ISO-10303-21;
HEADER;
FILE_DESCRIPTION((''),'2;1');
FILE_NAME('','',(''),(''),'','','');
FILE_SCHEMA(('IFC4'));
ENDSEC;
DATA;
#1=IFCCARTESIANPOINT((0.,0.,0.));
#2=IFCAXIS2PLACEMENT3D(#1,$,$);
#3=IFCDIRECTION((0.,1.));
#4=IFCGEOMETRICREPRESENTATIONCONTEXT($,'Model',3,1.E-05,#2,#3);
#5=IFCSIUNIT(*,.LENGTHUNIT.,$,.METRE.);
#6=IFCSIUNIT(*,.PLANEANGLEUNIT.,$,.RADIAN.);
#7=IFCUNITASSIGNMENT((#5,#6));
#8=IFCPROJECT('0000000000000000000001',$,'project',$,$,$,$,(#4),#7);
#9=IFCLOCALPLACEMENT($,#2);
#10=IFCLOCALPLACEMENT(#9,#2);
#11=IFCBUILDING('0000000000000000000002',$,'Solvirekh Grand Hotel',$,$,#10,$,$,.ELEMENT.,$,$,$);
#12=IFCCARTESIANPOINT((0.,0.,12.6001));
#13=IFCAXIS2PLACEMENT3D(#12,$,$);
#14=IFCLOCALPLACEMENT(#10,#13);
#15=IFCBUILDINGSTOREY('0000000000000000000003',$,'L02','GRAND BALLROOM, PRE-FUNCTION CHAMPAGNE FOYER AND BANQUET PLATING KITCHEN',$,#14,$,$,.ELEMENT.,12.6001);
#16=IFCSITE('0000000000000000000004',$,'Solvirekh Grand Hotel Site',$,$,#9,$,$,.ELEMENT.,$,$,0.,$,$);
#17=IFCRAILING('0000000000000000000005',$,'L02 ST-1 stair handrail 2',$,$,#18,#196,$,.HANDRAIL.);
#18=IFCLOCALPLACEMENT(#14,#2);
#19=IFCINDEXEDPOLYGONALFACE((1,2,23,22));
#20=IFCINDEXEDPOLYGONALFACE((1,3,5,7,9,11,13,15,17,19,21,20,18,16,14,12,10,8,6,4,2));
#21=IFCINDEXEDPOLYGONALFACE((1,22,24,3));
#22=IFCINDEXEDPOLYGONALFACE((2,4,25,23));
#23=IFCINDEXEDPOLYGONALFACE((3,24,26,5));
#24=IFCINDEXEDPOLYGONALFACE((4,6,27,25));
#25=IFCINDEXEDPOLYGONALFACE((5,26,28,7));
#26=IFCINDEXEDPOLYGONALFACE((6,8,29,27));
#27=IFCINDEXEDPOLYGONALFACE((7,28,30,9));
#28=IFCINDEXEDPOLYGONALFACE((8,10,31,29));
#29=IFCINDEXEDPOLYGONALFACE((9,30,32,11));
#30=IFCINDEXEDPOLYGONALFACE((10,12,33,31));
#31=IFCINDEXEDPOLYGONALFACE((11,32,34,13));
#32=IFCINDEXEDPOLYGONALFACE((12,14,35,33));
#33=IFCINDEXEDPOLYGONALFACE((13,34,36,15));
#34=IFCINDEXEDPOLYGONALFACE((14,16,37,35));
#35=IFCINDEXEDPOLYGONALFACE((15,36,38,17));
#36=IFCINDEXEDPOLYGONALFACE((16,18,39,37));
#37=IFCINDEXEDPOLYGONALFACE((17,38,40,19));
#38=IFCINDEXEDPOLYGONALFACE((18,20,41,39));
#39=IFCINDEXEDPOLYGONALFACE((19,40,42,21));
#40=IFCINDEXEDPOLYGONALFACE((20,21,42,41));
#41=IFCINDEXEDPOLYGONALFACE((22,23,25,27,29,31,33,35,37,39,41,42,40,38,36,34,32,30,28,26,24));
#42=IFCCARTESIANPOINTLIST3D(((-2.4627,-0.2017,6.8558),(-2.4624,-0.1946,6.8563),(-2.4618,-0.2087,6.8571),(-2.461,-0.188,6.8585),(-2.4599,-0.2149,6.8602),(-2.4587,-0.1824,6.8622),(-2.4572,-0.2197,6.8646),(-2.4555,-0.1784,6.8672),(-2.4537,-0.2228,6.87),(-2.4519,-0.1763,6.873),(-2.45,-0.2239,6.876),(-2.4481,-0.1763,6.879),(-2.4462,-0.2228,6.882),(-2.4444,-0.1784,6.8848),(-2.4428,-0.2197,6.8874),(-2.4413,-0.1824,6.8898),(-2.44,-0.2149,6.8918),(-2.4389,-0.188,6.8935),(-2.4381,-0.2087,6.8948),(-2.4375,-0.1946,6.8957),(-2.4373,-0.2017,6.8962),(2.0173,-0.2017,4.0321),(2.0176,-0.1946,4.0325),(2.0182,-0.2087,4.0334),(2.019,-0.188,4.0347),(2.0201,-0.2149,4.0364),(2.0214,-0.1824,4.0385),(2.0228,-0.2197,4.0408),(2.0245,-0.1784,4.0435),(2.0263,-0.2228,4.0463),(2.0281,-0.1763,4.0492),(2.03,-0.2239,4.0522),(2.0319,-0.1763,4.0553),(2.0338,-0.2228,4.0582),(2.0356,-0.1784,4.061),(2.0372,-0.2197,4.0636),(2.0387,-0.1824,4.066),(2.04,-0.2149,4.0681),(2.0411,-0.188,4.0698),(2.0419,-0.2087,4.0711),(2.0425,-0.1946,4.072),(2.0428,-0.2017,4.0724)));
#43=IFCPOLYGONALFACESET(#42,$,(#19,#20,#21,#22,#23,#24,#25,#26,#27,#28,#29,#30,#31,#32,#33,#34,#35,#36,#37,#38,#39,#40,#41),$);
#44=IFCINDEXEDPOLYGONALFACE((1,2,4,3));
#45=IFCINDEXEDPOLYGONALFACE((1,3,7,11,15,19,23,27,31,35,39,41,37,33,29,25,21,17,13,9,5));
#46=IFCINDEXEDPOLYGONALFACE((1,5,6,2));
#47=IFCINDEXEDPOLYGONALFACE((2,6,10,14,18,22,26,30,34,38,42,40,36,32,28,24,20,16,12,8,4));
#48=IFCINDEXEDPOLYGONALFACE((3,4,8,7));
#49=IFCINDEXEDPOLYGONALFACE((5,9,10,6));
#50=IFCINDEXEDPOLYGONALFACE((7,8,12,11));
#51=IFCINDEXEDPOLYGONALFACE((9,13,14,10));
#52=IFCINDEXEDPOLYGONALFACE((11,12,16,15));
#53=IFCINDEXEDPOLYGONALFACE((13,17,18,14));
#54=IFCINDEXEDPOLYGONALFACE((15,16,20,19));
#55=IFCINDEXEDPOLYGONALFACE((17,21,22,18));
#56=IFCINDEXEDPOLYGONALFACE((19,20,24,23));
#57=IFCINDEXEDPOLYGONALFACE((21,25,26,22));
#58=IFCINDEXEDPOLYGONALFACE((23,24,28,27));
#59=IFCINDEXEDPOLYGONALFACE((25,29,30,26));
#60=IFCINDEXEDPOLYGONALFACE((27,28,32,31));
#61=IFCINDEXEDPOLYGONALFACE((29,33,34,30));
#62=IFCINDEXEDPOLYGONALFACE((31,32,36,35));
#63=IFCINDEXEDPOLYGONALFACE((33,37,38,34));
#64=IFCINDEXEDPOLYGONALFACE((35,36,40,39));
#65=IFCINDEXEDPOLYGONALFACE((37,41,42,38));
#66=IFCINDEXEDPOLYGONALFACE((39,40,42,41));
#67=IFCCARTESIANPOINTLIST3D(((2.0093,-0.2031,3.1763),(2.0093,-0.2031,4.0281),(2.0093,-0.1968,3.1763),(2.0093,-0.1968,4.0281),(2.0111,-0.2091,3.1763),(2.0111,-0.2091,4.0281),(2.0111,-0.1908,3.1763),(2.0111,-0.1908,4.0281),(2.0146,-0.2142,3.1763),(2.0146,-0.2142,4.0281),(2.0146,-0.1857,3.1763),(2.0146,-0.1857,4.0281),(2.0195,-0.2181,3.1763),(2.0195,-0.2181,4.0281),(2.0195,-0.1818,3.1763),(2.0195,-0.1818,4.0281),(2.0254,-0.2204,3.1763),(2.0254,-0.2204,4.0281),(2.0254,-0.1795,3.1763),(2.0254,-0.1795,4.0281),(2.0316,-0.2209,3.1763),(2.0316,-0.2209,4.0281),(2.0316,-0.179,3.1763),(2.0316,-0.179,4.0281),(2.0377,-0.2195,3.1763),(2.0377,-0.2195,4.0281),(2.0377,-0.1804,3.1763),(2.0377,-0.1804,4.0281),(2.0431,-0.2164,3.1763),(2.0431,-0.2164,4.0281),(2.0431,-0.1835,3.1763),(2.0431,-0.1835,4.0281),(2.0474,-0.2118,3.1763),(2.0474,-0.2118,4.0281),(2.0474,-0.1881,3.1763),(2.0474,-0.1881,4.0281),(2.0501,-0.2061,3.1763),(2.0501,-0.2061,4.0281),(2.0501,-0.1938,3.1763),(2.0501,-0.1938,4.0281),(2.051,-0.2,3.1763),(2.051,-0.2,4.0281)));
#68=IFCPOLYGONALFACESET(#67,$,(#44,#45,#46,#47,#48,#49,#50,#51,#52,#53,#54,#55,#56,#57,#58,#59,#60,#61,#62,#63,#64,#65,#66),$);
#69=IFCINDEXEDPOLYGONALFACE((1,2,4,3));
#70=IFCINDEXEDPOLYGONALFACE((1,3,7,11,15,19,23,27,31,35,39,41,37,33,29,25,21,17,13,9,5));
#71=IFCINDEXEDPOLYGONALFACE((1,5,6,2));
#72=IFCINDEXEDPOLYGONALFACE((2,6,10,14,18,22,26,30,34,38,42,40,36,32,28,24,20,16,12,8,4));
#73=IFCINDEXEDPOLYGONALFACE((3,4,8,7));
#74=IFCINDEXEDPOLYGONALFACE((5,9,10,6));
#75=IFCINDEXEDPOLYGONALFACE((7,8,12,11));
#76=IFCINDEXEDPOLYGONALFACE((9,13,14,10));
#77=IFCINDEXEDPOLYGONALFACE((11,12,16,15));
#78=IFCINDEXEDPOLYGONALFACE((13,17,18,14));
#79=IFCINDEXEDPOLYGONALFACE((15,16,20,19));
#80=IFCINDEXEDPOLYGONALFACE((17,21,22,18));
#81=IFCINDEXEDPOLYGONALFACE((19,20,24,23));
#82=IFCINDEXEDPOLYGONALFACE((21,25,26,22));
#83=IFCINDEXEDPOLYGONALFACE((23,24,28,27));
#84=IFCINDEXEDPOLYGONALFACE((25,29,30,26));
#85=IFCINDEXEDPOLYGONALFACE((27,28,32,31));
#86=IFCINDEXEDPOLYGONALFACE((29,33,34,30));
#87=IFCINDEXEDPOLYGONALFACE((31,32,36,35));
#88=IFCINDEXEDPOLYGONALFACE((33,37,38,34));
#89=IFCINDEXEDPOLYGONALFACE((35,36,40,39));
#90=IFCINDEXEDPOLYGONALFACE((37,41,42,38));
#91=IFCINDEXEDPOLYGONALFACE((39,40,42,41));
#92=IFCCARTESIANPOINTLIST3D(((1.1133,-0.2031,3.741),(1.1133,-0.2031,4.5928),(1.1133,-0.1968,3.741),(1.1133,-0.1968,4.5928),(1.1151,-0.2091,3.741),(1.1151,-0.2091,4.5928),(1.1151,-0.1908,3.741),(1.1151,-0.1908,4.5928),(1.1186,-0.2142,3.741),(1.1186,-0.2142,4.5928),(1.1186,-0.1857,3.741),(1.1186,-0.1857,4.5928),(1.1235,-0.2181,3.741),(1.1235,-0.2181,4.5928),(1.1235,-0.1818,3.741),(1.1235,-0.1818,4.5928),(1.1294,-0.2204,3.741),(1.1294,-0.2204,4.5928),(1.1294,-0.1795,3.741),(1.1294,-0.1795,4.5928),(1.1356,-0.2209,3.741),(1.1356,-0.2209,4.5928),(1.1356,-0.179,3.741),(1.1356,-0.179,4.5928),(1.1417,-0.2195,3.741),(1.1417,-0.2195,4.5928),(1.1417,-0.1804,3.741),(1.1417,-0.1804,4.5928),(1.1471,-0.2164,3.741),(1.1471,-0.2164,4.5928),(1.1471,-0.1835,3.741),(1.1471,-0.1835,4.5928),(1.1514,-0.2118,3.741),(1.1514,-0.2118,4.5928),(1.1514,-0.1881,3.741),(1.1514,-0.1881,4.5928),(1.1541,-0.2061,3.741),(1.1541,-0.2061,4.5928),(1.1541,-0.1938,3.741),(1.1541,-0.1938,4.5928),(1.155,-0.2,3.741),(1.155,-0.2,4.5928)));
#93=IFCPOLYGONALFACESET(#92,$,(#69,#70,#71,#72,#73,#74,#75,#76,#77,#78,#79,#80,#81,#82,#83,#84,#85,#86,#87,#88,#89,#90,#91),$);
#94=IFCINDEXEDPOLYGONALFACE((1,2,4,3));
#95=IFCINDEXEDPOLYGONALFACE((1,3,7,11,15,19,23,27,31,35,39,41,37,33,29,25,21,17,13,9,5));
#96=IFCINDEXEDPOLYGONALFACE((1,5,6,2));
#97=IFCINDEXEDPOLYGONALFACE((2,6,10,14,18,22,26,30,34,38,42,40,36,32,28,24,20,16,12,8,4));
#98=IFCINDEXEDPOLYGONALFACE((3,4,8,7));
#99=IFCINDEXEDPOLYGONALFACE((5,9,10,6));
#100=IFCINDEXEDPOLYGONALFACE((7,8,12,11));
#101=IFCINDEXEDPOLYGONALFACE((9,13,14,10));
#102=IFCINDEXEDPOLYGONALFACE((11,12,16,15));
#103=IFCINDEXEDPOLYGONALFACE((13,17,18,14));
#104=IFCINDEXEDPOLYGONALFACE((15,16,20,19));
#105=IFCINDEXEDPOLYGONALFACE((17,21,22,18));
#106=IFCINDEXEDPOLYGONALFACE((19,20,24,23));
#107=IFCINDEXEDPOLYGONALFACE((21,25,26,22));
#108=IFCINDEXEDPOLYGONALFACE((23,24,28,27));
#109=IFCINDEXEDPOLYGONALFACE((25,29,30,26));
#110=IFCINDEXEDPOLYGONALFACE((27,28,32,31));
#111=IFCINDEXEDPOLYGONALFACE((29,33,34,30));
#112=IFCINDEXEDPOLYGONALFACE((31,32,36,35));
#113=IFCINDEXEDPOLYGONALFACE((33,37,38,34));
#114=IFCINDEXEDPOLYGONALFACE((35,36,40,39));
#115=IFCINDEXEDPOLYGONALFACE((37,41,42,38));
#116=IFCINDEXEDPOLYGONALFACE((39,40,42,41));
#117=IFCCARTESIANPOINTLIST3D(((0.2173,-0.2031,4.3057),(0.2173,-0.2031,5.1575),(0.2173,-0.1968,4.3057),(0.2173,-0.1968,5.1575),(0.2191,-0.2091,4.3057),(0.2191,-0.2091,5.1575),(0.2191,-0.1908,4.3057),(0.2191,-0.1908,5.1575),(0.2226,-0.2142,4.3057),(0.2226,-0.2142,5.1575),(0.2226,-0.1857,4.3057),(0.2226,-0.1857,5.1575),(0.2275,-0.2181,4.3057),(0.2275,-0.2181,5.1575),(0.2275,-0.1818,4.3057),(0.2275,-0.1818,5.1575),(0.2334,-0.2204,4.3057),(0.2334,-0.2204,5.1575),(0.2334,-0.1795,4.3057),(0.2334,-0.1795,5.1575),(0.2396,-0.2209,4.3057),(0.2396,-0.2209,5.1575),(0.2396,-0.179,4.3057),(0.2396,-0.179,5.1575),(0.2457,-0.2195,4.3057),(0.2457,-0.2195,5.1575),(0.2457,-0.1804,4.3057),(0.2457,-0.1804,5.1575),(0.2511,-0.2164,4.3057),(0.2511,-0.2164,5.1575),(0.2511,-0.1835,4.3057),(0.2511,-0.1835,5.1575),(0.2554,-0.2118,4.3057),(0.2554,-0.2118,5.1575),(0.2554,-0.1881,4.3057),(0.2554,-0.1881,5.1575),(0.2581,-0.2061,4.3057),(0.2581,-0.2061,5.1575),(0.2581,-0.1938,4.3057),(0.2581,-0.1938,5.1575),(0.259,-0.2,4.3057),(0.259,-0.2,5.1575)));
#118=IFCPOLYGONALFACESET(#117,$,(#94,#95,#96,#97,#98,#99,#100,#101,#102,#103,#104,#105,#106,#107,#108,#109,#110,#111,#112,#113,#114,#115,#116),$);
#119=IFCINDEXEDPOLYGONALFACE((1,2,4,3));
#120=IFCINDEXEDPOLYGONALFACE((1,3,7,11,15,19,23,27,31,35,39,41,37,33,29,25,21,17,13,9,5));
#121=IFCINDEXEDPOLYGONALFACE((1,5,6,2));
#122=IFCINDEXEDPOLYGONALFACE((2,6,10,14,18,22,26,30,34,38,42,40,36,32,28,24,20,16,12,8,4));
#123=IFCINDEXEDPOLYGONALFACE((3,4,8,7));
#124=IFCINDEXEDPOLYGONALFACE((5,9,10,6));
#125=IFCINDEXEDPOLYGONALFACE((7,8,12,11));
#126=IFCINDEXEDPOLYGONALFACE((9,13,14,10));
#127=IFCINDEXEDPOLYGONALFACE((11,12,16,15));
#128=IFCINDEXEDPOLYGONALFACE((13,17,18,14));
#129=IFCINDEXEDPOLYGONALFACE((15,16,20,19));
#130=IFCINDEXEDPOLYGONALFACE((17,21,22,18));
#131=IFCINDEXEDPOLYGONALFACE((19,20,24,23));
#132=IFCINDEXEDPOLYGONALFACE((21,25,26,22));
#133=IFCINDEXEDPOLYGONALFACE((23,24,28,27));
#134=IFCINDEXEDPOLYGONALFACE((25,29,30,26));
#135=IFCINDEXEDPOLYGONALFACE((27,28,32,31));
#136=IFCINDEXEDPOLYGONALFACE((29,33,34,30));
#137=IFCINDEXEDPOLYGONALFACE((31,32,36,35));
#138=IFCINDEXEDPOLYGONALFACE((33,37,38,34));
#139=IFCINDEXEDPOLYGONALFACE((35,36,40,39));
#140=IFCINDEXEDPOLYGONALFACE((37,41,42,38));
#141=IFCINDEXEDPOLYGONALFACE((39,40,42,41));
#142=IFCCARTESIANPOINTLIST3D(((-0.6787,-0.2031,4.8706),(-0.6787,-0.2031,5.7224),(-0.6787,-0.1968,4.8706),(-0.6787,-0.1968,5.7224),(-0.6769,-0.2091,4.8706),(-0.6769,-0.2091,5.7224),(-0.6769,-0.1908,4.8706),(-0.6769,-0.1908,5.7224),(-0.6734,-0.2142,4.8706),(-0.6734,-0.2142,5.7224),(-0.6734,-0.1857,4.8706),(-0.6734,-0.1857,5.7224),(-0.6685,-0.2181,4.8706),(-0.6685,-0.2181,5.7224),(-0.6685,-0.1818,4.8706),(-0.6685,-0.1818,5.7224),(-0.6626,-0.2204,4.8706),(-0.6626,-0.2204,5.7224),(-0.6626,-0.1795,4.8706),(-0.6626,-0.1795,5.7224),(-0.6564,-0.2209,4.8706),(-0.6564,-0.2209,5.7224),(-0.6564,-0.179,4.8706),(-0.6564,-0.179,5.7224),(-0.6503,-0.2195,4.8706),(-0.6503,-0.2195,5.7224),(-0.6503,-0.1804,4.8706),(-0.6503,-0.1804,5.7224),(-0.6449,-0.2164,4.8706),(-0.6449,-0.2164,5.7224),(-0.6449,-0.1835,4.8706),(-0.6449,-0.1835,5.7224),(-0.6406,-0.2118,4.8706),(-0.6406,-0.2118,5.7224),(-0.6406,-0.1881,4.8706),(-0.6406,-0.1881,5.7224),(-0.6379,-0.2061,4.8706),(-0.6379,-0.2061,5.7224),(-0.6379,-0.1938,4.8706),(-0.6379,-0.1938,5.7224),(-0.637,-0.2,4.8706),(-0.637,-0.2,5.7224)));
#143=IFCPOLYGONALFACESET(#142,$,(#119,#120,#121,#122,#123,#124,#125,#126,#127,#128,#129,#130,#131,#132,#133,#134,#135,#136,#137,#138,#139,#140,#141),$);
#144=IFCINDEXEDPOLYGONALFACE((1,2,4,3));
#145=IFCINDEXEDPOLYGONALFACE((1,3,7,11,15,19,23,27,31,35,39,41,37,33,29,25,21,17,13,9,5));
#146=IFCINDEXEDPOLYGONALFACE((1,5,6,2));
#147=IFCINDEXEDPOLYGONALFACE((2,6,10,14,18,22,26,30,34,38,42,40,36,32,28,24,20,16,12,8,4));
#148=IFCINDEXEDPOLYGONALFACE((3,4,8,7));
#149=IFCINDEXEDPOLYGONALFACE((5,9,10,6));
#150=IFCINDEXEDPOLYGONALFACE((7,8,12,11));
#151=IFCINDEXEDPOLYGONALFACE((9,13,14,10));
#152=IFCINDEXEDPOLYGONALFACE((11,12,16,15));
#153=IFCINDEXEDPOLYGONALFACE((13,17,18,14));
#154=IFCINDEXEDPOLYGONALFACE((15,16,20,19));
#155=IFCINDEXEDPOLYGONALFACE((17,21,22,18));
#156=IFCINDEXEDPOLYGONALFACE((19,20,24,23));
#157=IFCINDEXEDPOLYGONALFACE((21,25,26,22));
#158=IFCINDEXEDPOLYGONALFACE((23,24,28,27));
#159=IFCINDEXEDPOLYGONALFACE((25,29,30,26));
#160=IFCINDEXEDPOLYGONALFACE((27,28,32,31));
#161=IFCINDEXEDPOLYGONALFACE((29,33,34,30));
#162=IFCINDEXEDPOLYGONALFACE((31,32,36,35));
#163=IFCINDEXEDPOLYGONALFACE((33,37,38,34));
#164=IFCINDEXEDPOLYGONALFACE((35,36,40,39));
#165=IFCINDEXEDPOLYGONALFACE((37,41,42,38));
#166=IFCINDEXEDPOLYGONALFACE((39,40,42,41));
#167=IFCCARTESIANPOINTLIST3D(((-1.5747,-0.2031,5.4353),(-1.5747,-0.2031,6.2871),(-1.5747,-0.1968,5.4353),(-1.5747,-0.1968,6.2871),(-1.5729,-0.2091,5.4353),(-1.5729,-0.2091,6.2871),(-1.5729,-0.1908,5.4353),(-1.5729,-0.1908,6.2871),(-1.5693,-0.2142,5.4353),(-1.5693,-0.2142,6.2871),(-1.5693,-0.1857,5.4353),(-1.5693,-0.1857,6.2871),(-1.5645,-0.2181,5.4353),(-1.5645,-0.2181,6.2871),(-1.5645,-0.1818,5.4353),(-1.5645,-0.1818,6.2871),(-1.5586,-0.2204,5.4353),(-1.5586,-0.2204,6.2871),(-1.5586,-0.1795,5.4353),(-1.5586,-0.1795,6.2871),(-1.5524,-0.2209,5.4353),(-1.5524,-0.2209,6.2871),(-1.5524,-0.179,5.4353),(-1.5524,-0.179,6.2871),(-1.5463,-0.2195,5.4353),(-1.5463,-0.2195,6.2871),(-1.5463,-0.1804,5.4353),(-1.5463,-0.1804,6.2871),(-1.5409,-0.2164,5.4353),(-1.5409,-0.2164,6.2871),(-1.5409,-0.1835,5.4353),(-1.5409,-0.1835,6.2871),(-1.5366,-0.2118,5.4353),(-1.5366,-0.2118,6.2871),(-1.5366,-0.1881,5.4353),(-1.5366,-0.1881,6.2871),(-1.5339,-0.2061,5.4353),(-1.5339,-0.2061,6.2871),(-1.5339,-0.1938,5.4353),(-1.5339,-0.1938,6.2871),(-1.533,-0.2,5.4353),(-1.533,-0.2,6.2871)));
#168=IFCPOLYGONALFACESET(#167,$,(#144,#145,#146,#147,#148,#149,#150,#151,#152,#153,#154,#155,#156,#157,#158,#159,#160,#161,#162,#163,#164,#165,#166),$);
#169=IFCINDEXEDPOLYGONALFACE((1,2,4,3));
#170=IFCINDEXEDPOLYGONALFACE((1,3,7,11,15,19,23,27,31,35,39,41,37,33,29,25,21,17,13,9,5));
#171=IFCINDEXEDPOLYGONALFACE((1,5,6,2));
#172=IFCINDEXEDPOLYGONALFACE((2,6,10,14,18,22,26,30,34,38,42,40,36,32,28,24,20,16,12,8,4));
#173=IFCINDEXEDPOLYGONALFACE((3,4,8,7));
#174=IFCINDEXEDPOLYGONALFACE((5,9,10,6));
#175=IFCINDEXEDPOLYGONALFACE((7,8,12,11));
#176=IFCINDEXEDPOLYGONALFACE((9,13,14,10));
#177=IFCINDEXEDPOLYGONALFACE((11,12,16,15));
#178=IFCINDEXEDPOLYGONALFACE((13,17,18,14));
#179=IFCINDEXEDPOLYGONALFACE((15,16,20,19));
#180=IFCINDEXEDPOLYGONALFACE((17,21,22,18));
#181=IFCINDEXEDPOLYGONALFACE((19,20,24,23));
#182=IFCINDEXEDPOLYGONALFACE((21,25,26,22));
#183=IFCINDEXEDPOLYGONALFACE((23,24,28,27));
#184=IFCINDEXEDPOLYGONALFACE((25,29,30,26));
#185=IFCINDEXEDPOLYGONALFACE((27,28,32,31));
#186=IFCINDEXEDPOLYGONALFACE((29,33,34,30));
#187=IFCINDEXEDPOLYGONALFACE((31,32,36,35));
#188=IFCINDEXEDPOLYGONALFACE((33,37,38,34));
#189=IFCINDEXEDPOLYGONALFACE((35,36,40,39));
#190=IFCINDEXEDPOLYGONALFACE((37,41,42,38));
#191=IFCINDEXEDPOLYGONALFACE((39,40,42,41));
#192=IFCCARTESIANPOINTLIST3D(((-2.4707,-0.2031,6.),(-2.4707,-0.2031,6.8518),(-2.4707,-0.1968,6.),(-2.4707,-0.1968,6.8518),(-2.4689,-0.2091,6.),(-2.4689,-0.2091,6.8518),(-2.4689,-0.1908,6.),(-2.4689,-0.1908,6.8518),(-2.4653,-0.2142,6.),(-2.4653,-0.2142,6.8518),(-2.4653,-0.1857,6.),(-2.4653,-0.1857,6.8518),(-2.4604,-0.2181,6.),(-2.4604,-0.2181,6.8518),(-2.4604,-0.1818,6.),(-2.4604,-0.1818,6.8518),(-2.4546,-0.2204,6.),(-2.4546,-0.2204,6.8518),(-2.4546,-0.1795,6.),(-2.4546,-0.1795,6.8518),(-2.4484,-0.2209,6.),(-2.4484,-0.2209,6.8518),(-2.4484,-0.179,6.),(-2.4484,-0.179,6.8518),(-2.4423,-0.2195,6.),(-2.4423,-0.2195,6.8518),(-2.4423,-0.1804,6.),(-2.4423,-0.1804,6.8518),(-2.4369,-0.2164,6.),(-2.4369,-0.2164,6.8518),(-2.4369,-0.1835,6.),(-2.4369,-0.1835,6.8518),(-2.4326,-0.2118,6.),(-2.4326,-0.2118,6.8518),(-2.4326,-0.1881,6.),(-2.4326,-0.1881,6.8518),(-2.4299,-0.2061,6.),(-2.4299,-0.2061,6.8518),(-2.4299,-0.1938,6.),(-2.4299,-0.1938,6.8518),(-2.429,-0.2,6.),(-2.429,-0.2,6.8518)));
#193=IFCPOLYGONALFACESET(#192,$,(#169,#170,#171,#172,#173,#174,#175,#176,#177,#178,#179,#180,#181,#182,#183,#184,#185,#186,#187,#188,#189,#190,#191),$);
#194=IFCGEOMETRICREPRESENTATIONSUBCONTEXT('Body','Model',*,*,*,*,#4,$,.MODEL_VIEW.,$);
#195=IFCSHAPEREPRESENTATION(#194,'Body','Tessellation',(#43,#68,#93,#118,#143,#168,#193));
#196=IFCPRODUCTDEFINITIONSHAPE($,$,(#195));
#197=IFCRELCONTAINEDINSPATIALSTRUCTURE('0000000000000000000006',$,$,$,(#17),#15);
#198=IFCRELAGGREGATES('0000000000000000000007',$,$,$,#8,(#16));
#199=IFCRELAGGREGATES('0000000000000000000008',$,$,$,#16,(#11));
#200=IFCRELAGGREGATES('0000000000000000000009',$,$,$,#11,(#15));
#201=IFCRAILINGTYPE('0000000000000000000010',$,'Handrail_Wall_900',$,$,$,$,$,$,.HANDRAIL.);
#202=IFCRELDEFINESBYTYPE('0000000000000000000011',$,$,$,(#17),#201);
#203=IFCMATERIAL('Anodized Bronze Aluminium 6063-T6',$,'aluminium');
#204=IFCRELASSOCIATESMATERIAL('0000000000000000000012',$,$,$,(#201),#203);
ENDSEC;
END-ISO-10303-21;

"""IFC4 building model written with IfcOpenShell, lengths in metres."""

from ifc_helpers import new_model, si_unit, direction, frame, origin, origin_2d, place, context, subcontext, project, spatial, circle, extrude, material, type_object, element, save


model = new_model("IFC4")

# Units and contexts
model_context = context("Model", 3, precision=1e-05, world=origin(), true_north=direction((0.0, 1.0)))
body_context = subcontext(model_context, "Body", "Model", "MODEL_VIEW")
ifc_project = project(units=[si_unit("LENGTHUNIT", "METRE"), si_unit("PLANEANGLEUNIT", "RADIAN")], contexts=[model_context])

# Site, building, storey
site_placement = place(None, origin())
site = spatial("IfcSite", under=ifc_project, at=site_placement, Name="Solvirekh Grand Hotel Site", CompositionType="ELEMENT", RefElevation=0.0)
building_placement = place(site_placement, origin())
building = spatial("IfcBuilding", under=site, at=building_placement, Name="Solvirekh Grand Hotel", CompositionType="ELEMENT")
storey_placement = place(building_placement, frame((0.0, 0.0, 12.6001)))
storey = spatial("IfcBuildingStorey", under=building, at=storey_placement, Name="L02", Description="GRAND BALLROOM, PRE-FUNCTION CHAMPAGNE FOYER AND BANQUET PLATING KITCHEN", CompositionType="ELEMENT", Elevation=12.6001)

# Railing
ifc_material_1 = material(Name="Anodized Bronze Aluminium 6063-T6", Category="aluminium")
railing_type_1 = type_object("IfcRailingType", Name="Handrail_Wall_900", PredefinedType="HANDRAIL", material=ifc_material_1)
railing_1_placement = place(storey_placement, frame((2.03, -0.2, 3.1763)))
element("IfcRailing", 1, at=railing_1_placement, inside=storey, type_object=railing_type_1, Name="L02 ST-1 stair handrail 2", PredefinedType="HANDRAIL", context=body_context, shape_type="SweptSolid", body=[
    extrude(circle(Radius=0.0239, at=origin_2d()), frame((0.0, 0.0, 0.876), z_axis=(-0.845977, 0.0, 0.533219), x_axis=(0.0, -1.0, 0.0)), (0.0, 0.0, 1.0), 5.2957),
    extrude(circle(Radius=0.021, at=origin_2d()), origin(), (0.0, 0.0, 1.0), 0.8518),
    extrude(circle(Radius=0.021, at=origin_2d()), frame((-0.896, 0.0, 0.5647)), (0.0, 0.0, 1.0), 0.8518),
    extrude(circle(Radius=0.021, at=origin_2d()), frame((-1.792, 0.0, 1.1294)), (0.0, 0.0, 1.0), 0.8518),
    extrude(circle(Radius=0.021, at=origin_2d()), frame((-2.688, 0.0, 1.6943)), (0.0, 0.0, 1.0), 0.8518),
    extrude(circle(Radius=0.021, at=origin_2d()), frame((-3.584, 0.0, 2.259)), (0.0, 0.0, 1.0), 0.8518),
    extrude(circle(Radius=0.021, at=origin_2d()), frame((-4.48, 0.0, 2.8237)), (0.0, 0.0, 1.0), 0.8518),
])

save(model, "model.ifc")
